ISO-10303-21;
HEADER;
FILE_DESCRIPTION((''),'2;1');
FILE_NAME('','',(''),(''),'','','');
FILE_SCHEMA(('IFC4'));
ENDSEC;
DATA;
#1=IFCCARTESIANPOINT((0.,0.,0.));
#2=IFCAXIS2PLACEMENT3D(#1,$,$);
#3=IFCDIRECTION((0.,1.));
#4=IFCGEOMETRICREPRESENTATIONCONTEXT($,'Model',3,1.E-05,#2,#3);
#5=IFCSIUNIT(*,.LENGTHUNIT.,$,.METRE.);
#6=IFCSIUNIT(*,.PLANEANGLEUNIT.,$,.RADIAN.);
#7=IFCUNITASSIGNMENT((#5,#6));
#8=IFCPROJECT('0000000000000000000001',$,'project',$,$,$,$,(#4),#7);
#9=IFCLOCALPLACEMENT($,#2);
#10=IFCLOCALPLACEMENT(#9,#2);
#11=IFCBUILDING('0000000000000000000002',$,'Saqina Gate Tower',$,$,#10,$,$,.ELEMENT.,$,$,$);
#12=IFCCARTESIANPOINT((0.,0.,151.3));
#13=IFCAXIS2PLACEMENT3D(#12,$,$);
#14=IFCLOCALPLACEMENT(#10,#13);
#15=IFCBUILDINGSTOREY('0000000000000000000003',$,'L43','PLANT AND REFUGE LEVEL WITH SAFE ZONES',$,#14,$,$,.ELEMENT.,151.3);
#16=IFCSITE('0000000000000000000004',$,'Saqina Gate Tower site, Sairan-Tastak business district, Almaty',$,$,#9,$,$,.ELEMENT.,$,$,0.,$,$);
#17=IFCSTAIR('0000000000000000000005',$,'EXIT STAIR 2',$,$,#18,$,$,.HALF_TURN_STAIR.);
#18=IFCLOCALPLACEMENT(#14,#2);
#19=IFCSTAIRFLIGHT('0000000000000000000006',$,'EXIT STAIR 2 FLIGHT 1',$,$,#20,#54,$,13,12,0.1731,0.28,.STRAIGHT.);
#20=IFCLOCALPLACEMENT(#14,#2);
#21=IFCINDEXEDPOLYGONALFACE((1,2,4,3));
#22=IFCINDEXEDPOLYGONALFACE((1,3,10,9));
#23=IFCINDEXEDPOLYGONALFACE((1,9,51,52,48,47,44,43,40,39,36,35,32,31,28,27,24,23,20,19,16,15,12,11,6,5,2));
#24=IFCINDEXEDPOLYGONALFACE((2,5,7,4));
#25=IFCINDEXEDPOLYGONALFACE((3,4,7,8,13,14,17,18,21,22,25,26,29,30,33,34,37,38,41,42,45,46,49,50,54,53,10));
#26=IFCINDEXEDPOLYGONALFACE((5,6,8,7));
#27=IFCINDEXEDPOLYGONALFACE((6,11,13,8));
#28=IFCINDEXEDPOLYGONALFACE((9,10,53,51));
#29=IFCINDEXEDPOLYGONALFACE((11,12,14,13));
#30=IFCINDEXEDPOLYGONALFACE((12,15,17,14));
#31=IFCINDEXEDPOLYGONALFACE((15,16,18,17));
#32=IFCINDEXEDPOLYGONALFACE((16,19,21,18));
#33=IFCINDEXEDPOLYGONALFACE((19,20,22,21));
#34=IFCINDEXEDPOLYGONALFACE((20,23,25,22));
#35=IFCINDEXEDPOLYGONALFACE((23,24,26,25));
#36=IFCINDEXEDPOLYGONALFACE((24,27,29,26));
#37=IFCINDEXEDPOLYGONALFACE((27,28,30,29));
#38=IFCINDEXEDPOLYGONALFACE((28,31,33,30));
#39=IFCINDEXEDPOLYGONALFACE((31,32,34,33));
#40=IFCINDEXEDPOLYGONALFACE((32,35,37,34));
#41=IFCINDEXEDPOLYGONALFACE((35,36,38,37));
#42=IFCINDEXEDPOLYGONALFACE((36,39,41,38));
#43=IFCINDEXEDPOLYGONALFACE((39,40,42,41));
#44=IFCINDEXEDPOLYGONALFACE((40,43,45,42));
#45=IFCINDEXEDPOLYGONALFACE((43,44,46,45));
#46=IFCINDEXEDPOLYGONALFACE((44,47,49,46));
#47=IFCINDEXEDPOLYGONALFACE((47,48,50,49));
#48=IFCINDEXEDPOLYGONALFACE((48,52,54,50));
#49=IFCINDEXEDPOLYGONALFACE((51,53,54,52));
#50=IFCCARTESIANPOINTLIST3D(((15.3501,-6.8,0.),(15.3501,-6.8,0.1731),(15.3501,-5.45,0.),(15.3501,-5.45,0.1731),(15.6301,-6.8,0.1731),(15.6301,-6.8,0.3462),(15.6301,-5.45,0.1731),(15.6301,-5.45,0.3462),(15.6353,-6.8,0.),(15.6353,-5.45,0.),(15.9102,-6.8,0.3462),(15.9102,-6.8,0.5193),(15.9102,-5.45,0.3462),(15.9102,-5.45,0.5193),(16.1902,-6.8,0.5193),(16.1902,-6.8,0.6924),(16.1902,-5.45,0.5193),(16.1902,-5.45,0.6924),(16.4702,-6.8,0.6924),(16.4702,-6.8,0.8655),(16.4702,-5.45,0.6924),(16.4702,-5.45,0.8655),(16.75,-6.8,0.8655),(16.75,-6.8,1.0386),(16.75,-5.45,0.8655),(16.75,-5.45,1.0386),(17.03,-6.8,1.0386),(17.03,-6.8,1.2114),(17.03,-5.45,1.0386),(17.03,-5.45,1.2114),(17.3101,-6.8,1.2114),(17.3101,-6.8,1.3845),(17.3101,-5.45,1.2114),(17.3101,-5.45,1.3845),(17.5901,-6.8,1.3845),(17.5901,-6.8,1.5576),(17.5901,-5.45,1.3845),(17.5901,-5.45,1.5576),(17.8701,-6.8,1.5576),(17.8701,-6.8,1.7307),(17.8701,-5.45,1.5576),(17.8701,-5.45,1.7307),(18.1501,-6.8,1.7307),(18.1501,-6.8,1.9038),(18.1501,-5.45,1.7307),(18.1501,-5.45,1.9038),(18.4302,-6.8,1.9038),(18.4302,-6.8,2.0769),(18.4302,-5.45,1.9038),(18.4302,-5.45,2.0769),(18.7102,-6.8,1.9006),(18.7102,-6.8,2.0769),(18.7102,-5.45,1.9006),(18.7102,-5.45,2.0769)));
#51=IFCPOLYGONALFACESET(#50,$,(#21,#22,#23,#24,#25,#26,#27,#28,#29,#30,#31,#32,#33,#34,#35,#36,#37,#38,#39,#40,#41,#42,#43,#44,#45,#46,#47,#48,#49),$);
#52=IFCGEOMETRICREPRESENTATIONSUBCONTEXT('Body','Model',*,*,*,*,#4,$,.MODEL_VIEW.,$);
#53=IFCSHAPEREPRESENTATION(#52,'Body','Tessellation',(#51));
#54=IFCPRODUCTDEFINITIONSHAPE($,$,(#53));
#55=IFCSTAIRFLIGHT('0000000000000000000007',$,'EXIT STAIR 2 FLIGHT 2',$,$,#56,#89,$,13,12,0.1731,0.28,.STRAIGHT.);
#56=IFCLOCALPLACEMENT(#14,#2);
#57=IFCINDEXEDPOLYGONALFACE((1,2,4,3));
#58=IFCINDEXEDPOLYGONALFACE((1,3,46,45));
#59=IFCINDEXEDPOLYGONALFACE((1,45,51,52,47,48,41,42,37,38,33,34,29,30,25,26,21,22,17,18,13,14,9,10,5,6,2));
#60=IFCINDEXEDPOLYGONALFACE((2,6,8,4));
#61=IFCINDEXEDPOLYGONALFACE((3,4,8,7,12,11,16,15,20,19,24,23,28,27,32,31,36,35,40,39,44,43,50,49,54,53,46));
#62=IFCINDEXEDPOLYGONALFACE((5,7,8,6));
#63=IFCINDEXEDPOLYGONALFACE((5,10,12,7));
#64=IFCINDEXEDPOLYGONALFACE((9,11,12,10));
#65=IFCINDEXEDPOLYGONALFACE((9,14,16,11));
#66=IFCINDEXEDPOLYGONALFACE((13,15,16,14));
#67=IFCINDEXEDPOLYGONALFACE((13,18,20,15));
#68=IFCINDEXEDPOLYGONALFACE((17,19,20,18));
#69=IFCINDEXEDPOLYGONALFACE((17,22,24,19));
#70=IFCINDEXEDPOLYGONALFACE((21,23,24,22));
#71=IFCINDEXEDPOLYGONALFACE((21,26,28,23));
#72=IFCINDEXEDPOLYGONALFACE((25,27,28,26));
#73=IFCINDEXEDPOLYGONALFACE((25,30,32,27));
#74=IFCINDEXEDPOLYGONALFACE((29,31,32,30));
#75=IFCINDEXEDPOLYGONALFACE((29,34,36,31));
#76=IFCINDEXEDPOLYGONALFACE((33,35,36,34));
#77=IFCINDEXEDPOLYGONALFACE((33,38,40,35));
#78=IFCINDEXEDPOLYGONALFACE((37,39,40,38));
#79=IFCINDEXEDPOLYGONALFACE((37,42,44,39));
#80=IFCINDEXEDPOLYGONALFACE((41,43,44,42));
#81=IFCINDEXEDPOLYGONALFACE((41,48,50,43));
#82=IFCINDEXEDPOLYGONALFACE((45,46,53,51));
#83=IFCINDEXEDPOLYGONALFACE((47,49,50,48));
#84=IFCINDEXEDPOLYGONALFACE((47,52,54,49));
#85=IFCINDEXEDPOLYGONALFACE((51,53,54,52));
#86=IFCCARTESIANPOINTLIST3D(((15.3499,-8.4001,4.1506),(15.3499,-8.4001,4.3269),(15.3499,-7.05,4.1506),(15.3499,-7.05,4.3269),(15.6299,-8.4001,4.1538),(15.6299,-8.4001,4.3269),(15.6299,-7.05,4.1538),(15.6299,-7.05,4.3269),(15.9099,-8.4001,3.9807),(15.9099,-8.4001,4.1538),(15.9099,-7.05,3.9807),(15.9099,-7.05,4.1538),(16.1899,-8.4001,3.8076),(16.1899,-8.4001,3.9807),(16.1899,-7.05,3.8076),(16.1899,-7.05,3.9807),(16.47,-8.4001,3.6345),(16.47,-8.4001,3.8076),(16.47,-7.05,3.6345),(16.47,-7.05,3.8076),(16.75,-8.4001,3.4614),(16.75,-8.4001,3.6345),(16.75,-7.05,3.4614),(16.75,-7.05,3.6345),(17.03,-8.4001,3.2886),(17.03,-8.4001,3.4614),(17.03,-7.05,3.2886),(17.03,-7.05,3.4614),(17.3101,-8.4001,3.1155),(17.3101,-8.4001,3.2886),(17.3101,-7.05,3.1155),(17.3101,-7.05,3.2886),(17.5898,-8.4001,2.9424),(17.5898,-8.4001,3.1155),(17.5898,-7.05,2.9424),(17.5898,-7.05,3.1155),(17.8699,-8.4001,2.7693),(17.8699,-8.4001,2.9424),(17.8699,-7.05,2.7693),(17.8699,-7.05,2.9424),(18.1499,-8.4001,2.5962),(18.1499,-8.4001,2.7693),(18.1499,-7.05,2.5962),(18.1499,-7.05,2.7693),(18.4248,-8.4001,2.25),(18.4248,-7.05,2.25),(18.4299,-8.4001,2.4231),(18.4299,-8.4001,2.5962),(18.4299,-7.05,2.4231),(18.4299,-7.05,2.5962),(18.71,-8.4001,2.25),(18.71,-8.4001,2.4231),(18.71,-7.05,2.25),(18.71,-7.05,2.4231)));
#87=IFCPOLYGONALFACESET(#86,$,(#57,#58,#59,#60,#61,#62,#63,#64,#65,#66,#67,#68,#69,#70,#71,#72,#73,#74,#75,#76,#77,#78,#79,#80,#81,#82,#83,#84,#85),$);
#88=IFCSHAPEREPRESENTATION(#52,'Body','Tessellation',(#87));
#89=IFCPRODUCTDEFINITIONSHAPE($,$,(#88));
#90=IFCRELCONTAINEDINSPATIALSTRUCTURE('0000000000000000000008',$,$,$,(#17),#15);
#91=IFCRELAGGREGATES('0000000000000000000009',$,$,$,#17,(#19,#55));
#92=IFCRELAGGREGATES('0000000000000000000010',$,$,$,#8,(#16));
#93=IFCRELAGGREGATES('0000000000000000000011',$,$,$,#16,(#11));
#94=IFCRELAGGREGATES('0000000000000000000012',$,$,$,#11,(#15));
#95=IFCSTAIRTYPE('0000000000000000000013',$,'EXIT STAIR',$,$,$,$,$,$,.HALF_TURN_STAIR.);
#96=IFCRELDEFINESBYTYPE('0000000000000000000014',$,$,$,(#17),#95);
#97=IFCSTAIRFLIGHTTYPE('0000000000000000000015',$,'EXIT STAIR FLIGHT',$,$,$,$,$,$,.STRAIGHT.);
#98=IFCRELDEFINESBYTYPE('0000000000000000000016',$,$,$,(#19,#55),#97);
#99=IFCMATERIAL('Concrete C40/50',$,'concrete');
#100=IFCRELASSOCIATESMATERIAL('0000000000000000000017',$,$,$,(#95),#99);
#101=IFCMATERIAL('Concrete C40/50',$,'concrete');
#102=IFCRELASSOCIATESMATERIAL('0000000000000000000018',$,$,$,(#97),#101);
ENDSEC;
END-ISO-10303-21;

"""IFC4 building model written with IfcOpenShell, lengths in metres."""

from ifc_helpers import new_model, si_unit, direction, frame, origin, place, context, subcontext, project, spatial, polyline, outline, extrude, material, type_object, element, aggregate, save


model = new_model("IFC4")

# Units and contexts
model_context = context("Model", 3, precision=1e-05, world=origin(), true_north=direction((0.0, 1.0)))
body_context = subcontext(model_context, "Body", "Model", "MODEL_VIEW")
ifc_project = project(units=[si_unit("LENGTHUNIT", "METRE"), si_unit("PLANEANGLEUNIT", "RADIAN")], contexts=[model_context])

# Site, building, storey
site_placement = place(None, origin())
site = spatial("IfcSite", under=ifc_project, at=site_placement, Name="Saqina Gate Tower site, Sairan-Tastak business district, Almaty", CompositionType="ELEMENT", RefElevation=0.0)
building_placement = place(site_placement, origin())
building = spatial("IfcBuilding", under=site, at=building_placement, Name="Saqina Gate Tower", CompositionType="ELEMENT")
storey_placement = place(building_placement, frame((0.0, 0.0, 151.3)))
storey = spatial("IfcBuildingStorey", under=building, at=storey_placement, Name="L43", Description="PLANT AND REFUGE LEVEL WITH SAFE ZONES", CompositionType="ELEMENT", Elevation=151.3)

# Stair, stair flights
ifc_material_1 = material(Name="Concrete C40/50", Category="concrete")
stair_type = type_object("IfcStairType", Name="EXIT STAIR", PredefinedType="HALF_TURN_STAIR", material=ifc_material_1)
stair_placement = place(storey_placement, origin())
stair = element("IfcStair", 1, at=stair_placement, inside=storey, type_object=stair_type, Name="EXIT STAIR 2", PredefinedType="HALF_TURN_STAIR")
ifc_material_2 = material(Name="Concrete C40/50", Category="concrete")
stair_flight_type = type_object("IfcStairFlightType", Name="EXIT STAIR FLIGHT", PredefinedType="STRAIGHT", material=ifc_material_2)
stair_flight_1_placement = place(storey_placement, frame((15.3501, -6.125, 0.0), z_axis=(0.0, 0.0, 1.0), x_axis=(1.0, 0.0, 0.0)))
stair_flight_1 = element("IfcStairFlight", 2, at=stair_flight_1_placement, type_object=stair_flight_type, Name="EXIT STAIR 2 FLIGHT 1", NumberOfRisers=13, NumberOfTreads=12, PredefinedType="STRAIGHT", RiserHeight=0.1731, TreadLength=0.28, context=body_context, shape_type="SweptSolid", body=[
    extrude(outline(polyline([(0.0, 0.0), (0.0, 0.1731), (0.28, 0.1731), (0.28, 0.3462), (0.5601, 0.3462), (0.5601, 0.5193), (0.8401, 0.5193), (0.8401, 0.6924), (1.1201, 0.6924), (1.1201, 0.8655), (1.3999, 0.8655), (1.3999, 1.0386), (1.6799, 1.0386), (1.6799, 1.2114), (1.96, 1.2114), (1.96, 1.3845), (2.24, 1.3845), (2.24, 1.5576), (2.52, 1.5576), (2.52, 1.7307), (2.8, 1.7307), (2.8, 1.9038), (3.0801, 1.9038), (3.0801, 2.0769), (3.3601, 2.0769), (3.3601, 2.25), (3.3601, 1.9006), (0.2852, 0.0), (0.0, 0.0)])), frame((0.0, 0.675, 0.0), z_axis=(0.0, -1.0, 0.0), x_axis=(1.0, 0.0, 0.0)), (0.0, 0.0, 1.0), 1.3501),
])
stair_flight_2_placement = place(storey_placement, frame((18.71, -7.7251, 2.25), z_axis=(0.0, 0.0, 1.0), x_axis=(-1.0, 0.0, 0.0)))
stair_flight_2 = element("IfcStairFlight", 3, at=stair_flight_2_placement, type_object=stair_flight_type, Name="EXIT STAIR 2 FLIGHT 2", NumberOfRisers=13, NumberOfTreads=12, PredefinedType="STRAIGHT", RiserHeight=0.1731, TreadLength=0.28, context=body_context, shape_type="SweptSolid", body=[
    extrude(outline(polyline([(0.0, 0.0), (0.0, 0.1731), (0.28, 0.1731), (0.28, 0.3462), (0.5601, 0.3462), (0.5601, 0.5193), (0.8401, 0.5193), (0.8401, 0.6924), (1.1201, 0.6924), (1.1201, 0.8655), (1.3999, 0.8655), (1.3999, 1.0386), (1.6799, 1.0386), (1.6799, 1.2114), (1.96, 1.2114), (1.96, 1.3845), (2.24, 1.3845), (2.24, 1.5576), (2.52, 1.5576), (2.52, 1.7307), (2.8, 1.7307), (2.8, 1.9038), (3.0801, 1.9038), (3.0801, 2.0769), (3.3601, 2.0769), (3.3601, 2.25), (3.3601, 1.9006), (0.2852, 0.0), (0.0, 0.0)])), frame((0.0, 0.675, 0.0), z_axis=(0.0, -1.0, 0.0), x_axis=(1.0, 0.0, 0.0)), (0.0, 0.0, 1.0), 1.3501),
])
aggregate(stair, [stair_flight_1, stair_flight_2])

save(model, "model.ifc")
